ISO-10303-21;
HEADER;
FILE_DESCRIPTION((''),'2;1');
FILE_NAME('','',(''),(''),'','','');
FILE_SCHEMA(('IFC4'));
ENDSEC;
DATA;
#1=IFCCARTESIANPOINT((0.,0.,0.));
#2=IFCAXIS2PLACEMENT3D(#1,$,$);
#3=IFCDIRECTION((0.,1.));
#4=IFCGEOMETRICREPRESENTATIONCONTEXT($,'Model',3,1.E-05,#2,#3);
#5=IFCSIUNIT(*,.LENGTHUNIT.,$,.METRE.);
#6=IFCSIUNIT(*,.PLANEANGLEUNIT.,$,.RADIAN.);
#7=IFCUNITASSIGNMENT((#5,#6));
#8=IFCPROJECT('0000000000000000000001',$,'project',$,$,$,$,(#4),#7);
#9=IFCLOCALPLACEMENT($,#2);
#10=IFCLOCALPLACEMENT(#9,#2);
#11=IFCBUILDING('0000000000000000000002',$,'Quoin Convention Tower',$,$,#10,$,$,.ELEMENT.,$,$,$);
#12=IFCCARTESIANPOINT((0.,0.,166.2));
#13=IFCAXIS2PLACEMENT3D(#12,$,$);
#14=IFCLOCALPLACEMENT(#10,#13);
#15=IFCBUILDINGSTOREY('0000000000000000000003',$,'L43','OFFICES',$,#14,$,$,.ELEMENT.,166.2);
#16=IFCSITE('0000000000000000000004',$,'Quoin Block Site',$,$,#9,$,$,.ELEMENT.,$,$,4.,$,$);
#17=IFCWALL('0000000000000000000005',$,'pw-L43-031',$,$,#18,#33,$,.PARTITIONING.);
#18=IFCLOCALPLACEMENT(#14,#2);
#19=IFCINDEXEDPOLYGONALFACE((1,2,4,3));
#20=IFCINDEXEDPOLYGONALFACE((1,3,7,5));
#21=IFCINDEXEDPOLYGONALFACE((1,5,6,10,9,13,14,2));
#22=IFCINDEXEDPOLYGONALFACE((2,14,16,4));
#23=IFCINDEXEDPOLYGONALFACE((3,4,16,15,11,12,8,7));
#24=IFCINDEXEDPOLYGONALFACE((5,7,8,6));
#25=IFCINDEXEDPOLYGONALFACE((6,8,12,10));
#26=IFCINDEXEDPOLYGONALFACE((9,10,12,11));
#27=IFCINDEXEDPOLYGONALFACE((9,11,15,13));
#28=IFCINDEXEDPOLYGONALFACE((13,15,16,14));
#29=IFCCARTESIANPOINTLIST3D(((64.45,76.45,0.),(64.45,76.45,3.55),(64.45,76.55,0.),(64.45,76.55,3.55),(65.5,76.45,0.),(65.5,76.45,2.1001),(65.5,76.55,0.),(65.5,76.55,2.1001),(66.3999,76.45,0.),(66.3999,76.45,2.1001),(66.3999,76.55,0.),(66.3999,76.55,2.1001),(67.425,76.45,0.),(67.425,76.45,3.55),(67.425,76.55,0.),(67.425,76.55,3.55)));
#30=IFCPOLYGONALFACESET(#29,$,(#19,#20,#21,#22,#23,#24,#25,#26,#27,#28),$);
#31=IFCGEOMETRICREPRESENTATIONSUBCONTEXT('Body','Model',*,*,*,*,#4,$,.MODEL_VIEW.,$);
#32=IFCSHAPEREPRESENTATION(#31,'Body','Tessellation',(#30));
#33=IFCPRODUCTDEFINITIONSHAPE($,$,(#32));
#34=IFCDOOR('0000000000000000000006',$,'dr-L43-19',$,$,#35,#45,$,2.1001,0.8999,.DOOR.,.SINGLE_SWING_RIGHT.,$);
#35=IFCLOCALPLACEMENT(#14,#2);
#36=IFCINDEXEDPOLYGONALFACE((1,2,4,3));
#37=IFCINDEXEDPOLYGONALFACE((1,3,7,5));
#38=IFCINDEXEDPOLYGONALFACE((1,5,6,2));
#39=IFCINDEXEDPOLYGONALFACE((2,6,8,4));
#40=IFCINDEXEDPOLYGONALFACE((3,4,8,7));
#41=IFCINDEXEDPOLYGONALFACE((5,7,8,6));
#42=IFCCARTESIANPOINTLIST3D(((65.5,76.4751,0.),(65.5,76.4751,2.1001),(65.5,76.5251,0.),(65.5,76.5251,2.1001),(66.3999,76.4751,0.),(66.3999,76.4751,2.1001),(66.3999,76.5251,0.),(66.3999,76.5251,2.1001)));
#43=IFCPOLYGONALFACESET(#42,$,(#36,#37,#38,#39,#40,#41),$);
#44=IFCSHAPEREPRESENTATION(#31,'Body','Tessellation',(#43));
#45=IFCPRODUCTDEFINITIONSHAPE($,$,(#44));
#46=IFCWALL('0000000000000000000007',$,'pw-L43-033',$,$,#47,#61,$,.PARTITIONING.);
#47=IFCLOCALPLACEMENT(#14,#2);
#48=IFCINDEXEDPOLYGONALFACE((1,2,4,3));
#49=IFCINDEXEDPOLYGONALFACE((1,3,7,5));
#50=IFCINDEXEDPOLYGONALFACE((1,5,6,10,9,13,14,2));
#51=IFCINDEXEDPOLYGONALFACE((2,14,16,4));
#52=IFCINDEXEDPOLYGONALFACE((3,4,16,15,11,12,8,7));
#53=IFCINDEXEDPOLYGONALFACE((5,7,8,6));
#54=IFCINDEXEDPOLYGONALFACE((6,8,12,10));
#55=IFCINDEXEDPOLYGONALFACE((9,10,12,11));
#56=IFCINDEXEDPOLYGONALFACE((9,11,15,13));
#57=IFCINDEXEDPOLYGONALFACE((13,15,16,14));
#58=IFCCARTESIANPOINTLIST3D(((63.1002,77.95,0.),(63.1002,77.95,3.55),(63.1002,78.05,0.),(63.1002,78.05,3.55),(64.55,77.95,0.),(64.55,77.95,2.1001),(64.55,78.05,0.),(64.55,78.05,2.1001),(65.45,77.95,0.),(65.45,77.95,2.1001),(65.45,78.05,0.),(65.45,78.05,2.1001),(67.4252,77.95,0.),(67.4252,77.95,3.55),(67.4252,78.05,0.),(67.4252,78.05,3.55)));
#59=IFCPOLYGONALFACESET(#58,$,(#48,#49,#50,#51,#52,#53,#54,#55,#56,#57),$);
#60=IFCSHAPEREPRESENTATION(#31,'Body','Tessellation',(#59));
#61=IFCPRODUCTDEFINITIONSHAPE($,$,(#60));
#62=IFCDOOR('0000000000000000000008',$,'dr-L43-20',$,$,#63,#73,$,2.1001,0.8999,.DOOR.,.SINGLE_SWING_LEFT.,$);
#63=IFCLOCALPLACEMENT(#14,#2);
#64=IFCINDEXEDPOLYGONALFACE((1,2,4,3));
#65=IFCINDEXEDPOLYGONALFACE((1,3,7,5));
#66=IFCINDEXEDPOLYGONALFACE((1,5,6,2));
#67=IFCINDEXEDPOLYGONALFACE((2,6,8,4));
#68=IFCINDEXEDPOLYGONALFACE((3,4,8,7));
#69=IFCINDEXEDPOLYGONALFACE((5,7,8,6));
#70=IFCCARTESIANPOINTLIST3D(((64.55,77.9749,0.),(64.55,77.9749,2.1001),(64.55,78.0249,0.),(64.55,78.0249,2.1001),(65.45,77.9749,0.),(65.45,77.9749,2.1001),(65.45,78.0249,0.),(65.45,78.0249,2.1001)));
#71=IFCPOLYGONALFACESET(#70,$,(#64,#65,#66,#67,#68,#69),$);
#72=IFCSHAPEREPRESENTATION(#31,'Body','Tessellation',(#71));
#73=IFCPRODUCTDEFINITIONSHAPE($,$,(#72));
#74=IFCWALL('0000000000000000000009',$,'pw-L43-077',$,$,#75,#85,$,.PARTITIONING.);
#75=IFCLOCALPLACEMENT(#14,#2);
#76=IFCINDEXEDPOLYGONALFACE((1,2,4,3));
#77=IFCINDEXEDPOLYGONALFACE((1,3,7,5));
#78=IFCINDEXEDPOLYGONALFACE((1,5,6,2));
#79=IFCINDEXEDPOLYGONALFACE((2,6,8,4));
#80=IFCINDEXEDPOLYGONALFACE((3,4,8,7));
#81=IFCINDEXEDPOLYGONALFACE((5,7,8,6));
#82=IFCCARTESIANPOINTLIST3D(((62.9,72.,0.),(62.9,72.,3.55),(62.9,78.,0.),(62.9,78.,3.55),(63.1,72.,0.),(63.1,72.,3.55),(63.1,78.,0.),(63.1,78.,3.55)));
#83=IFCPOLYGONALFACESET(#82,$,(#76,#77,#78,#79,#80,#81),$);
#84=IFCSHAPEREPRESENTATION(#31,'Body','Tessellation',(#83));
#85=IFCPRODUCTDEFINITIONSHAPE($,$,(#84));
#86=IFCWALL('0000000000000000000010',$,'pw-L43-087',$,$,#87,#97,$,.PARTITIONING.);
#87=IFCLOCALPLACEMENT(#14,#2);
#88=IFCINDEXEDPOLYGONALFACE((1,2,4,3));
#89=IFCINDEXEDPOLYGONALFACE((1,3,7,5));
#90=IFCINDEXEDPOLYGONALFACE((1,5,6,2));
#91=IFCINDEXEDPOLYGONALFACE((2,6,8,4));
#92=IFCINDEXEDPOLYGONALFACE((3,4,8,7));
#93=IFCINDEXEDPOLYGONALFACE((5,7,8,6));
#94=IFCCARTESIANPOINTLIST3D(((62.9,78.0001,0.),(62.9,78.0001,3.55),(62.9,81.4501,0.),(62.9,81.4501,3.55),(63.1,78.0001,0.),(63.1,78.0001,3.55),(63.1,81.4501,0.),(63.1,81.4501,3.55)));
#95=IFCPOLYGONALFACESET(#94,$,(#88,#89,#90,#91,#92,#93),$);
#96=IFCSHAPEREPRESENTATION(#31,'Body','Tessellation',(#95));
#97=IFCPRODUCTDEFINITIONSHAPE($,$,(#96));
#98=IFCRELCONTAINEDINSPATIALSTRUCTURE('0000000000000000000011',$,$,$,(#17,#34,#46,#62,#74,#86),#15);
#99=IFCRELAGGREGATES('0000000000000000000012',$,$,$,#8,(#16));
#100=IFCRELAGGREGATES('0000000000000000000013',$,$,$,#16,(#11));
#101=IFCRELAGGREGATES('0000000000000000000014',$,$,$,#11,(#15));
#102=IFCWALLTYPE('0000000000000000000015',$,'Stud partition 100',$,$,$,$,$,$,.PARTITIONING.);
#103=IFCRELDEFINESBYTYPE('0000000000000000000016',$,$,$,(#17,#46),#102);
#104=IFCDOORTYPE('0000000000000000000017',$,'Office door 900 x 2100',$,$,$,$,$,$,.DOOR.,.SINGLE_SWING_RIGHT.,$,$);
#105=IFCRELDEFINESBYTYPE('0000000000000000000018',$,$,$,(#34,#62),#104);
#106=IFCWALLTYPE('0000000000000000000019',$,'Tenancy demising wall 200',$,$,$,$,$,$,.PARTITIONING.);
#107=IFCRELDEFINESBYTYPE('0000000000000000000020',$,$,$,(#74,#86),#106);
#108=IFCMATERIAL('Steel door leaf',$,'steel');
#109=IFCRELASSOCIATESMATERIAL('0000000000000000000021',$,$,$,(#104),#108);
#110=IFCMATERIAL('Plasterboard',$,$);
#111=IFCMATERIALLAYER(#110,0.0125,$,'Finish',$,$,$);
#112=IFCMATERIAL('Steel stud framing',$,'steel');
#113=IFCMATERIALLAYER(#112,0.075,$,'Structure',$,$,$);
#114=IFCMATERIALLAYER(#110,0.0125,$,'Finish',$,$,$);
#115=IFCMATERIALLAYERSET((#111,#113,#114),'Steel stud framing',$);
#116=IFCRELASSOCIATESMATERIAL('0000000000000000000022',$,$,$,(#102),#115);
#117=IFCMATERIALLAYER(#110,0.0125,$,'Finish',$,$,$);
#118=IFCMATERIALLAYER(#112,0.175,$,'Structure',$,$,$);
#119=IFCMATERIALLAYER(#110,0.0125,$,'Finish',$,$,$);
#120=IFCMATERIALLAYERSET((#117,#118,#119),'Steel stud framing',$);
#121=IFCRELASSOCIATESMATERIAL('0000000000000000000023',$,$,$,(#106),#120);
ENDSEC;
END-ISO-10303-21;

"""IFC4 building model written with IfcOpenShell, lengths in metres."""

from ifc_helpers import new_model, si_unit, direction, frame, frame_2d, origin, place, context, subcontext, project, spatial, rectangle, extrude, material, layer, layer_set, type_object, element, fill, save


model = new_model("IFC4")

# Units and contexts
model_context = context("Model", 3, precision=1e-05, world=origin(), true_north=direction((0.0, 1.0)))
body_context = subcontext(model_context, "Body", "Model", "MODEL_VIEW")
ifc_project = project(units=[si_unit("LENGTHUNIT", "METRE"), si_unit("PLANEANGLEUNIT", "RADIAN")], contexts=[model_context])

# Site, building, storey
site_placement = place(None, origin())
site = spatial("IfcSite", under=ifc_project, at=site_placement, Name="Quoin Block Site", CompositionType="ELEMENT", RefElevation=4.0)
building_placement = place(site_placement, origin())
building = spatial("IfcBuilding", under=site, at=building_placement, Name="Quoin Convention Tower", CompositionType="ELEMENT")
storey_placement = place(building_placement, frame((0.0, 0.0, 166.2)))
storey = spatial("IfcBuildingStorey", under=building, at=storey_placement, Name="L43", Description="OFFICES", CompositionType="ELEMENT", Elevation=166.2)

# Shared definitions
ifc_material_1 = material(Name="Plasterboard")
ifc_material_2 = material(Name="Steel stud framing", Category="steel")
ifc_material_3 = material(Name="Steel door leaf", Category="steel")
door_type = type_object("IfcDoorType", Name="Office door 900 x 2100", OperationType="SINGLE_SWING_RIGHT", PredefinedType="DOOR", material=ifc_material_3)

# Walls, openings, doors
ifc_layer_1 = layer(ifc_material_1, 0.0125, Name="Finish")
ifc_layer_2 = layer(ifc_material_2, 0.075, Name="Structure")
ifc_layer_3 = layer(ifc_material_1, 0.0125, Name="Finish")
ifc_layer_set_1 = layer_set([ifc_layer_1, ifc_layer_2, ifc_layer_3], Name="Steel stud framing")
wall_type_1 = type_object("IfcWallType", Name="Stud partition 100", PredefinedType="PARTITIONING", material=ifc_layer_set_1)
wall_1_placement = place(storey_placement, frame((64.45, 76.5, 0.0), z_axis=(0.0, 0.0, 1.0), x_axis=(1.0, 0.0, 0.0)))
wall_1 = element("IfcWall", 1, at=wall_1_placement, inside=storey, type_object=wall_type_1, Name="pw-L43-031", PredefinedType="PARTITIONING", context=body_context, shape_type="SweptSolid", body=[
    extrude(rectangle(XDim=2.9751, YDim=0.1001, at=frame_2d((1.4875, 0.0))), origin(), (0.0, 0.0, 1.0), 3.55),
])
opening_1_placement = place(wall_1_placement, frame((1.05, 0.0, 0.0)))
opening_1 = element("IfcOpeningElement", 2, at=opening_1_placement, cuts=wall_1, PredefinedType="OPENING", context=body_context, shape_type="SweptSolid", body=[
    extrude(rectangle(XDim=0.8999, YDim=2.1001, at=frame_2d((0.45, 1.05))), frame((0.0, 0.0601, 0.0), z_axis=(0.0, -1.0, 0.0), x_axis=(1.0, 0.0, 0.0)), (0.0, 0.0, 1.0), 0.1201),
])
door_1_placement = place(opening_1_placement, frame((0.8999, 0.0, 0.0), z_axis=(0.0, 0.0, 1.0), x_axis=(-1.0, 0.0, 0.0)))
door_1 = element("IfcDoor", 3, at=door_1_placement, inside=storey, type_object=door_type, Name="dr-L43-19", OperationType="SINGLE_SWING_RIGHT", OverallHeight=2.1001, OverallWidth=0.8999, PredefinedType="DOOR", context=body_context, shape_type="SweptSolid", body=[
    extrude(rectangle(XDim=0.8999, YDim=2.1001, at=frame_2d((0.45, 1.05))), frame((0.0, 0.0249, 0.0), z_axis=(0.0, -1.0, 0.0), x_axis=(1.0, 0.0, 0.0)), (0.0, 0.0, 1.0), 0.05),
])
fill(opening_1, door_1)
wall_2_placement = place(storey_placement, frame((63.1001, 78.0, 0.0), z_axis=(0.0, 0.0, 1.0), x_axis=(1.0, 0.0, 0.0)))
wall_2 = element("IfcWall", 4, at=wall_2_placement, inside=storey, type_object=wall_type_1, Name="pw-L43-033", PredefinedType="PARTITIONING", context=body_context, shape_type="SweptSolid", body=[
    extrude(rectangle(XDim=4.325, YDim=0.1001, at=frame_2d((2.1626, 0.0))), origin(), (0.0, 0.0, 1.0), 3.55),
])
opening_2_placement = place(wall_2_placement, frame((1.45, 0.0, 0.0)))
opening_2 = element("IfcOpeningElement", 5, at=opening_2_placement, cuts=wall_2, PredefinedType="OPENING", context=body_context, shape_type="SweptSolid", body=[
    extrude(rectangle(XDim=0.8999, YDim=2.1001, at=frame_2d((0.45, 1.05))), frame((0.0, 0.0601, 0.0), z_axis=(0.0, -1.0, 0.0), x_axis=(1.0, 0.0, 0.0)), (0.0, 0.0, 1.0), 0.1201),
])
door_2_placement = place(opening_2_placement, origin())
door_2 = element("IfcDoor", 6, at=door_2_placement, inside=storey, type_object=door_type, Name="dr-L43-20", OperationType="SINGLE_SWING_LEFT", OverallHeight=2.1001, OverallWidth=0.8999, PredefinedType="DOOR", context=body_context, shape_type="SweptSolid", body=[
    extrude(rectangle(XDim=0.8999, YDim=2.1001, at=frame_2d((0.45, 1.05))), frame((0.0, 0.0249, 0.0), z_axis=(0.0, -1.0, 0.0), x_axis=(1.0, 0.0, 0.0)), (0.0, 0.0, 1.0), 0.05),
])
fill(opening_2, door_2)

# Walls
ifc_layer_4 = layer(ifc_material_1, 0.0125, Name="Finish")
ifc_layer_5 = layer(ifc_material_2, 0.175, Name="Structure")
ifc_layer_6 = layer(ifc_material_1, 0.0125, Name="Finish")
ifc_layer_set_2 = layer_set([ifc_layer_4, ifc_layer_5, ifc_layer_6], Name="Steel stud framing")
wall_type_2 = type_object("IfcWallType", Name="Tenancy demising wall 200", PredefinedType="PARTITIONING", material=ifc_layer_set_2)
wall_3_placement = place(storey_placement, frame((63.0, 72.0, 0.0), z_axis=(0.0, 0.0, 1.0), x_axis=(0.0, 1.0, 0.0)))
element("IfcWall", 7, at=wall_3_placement, inside=storey, type_object=wall_type_2, Name="pw-L43-077", PredefinedType="PARTITIONING", context=body_context, shape_type="SweptSolid", body=[
    extrude(rectangle(XDim=6.0, YDim=0.2, at=frame_2d((3.0, 0.0))), origin(), (0.0, 0.0, 1.0), 3.55),
])
wall_4_placement = place(storey_placement, frame((63.0, 78.0, 0.0), z_axis=(0.0, 0.0, 1.0), x_axis=(0.0, 1.0, 0.0)))
element("IfcWall", 8, at=wall_4_placement, inside=storey, type_object=wall_type_2, Name="pw-L43-087", PredefinedType="PARTITIONING", context=body_context, shape_type="SweptSolid", body=[
    extrude(rectangle(XDim=3.45, YDim=0.2, at=frame_2d((1.7251, 0.0))), origin(), (0.0, 0.0, 1.0), 3.55),
])

save(model, "model.ifc")
